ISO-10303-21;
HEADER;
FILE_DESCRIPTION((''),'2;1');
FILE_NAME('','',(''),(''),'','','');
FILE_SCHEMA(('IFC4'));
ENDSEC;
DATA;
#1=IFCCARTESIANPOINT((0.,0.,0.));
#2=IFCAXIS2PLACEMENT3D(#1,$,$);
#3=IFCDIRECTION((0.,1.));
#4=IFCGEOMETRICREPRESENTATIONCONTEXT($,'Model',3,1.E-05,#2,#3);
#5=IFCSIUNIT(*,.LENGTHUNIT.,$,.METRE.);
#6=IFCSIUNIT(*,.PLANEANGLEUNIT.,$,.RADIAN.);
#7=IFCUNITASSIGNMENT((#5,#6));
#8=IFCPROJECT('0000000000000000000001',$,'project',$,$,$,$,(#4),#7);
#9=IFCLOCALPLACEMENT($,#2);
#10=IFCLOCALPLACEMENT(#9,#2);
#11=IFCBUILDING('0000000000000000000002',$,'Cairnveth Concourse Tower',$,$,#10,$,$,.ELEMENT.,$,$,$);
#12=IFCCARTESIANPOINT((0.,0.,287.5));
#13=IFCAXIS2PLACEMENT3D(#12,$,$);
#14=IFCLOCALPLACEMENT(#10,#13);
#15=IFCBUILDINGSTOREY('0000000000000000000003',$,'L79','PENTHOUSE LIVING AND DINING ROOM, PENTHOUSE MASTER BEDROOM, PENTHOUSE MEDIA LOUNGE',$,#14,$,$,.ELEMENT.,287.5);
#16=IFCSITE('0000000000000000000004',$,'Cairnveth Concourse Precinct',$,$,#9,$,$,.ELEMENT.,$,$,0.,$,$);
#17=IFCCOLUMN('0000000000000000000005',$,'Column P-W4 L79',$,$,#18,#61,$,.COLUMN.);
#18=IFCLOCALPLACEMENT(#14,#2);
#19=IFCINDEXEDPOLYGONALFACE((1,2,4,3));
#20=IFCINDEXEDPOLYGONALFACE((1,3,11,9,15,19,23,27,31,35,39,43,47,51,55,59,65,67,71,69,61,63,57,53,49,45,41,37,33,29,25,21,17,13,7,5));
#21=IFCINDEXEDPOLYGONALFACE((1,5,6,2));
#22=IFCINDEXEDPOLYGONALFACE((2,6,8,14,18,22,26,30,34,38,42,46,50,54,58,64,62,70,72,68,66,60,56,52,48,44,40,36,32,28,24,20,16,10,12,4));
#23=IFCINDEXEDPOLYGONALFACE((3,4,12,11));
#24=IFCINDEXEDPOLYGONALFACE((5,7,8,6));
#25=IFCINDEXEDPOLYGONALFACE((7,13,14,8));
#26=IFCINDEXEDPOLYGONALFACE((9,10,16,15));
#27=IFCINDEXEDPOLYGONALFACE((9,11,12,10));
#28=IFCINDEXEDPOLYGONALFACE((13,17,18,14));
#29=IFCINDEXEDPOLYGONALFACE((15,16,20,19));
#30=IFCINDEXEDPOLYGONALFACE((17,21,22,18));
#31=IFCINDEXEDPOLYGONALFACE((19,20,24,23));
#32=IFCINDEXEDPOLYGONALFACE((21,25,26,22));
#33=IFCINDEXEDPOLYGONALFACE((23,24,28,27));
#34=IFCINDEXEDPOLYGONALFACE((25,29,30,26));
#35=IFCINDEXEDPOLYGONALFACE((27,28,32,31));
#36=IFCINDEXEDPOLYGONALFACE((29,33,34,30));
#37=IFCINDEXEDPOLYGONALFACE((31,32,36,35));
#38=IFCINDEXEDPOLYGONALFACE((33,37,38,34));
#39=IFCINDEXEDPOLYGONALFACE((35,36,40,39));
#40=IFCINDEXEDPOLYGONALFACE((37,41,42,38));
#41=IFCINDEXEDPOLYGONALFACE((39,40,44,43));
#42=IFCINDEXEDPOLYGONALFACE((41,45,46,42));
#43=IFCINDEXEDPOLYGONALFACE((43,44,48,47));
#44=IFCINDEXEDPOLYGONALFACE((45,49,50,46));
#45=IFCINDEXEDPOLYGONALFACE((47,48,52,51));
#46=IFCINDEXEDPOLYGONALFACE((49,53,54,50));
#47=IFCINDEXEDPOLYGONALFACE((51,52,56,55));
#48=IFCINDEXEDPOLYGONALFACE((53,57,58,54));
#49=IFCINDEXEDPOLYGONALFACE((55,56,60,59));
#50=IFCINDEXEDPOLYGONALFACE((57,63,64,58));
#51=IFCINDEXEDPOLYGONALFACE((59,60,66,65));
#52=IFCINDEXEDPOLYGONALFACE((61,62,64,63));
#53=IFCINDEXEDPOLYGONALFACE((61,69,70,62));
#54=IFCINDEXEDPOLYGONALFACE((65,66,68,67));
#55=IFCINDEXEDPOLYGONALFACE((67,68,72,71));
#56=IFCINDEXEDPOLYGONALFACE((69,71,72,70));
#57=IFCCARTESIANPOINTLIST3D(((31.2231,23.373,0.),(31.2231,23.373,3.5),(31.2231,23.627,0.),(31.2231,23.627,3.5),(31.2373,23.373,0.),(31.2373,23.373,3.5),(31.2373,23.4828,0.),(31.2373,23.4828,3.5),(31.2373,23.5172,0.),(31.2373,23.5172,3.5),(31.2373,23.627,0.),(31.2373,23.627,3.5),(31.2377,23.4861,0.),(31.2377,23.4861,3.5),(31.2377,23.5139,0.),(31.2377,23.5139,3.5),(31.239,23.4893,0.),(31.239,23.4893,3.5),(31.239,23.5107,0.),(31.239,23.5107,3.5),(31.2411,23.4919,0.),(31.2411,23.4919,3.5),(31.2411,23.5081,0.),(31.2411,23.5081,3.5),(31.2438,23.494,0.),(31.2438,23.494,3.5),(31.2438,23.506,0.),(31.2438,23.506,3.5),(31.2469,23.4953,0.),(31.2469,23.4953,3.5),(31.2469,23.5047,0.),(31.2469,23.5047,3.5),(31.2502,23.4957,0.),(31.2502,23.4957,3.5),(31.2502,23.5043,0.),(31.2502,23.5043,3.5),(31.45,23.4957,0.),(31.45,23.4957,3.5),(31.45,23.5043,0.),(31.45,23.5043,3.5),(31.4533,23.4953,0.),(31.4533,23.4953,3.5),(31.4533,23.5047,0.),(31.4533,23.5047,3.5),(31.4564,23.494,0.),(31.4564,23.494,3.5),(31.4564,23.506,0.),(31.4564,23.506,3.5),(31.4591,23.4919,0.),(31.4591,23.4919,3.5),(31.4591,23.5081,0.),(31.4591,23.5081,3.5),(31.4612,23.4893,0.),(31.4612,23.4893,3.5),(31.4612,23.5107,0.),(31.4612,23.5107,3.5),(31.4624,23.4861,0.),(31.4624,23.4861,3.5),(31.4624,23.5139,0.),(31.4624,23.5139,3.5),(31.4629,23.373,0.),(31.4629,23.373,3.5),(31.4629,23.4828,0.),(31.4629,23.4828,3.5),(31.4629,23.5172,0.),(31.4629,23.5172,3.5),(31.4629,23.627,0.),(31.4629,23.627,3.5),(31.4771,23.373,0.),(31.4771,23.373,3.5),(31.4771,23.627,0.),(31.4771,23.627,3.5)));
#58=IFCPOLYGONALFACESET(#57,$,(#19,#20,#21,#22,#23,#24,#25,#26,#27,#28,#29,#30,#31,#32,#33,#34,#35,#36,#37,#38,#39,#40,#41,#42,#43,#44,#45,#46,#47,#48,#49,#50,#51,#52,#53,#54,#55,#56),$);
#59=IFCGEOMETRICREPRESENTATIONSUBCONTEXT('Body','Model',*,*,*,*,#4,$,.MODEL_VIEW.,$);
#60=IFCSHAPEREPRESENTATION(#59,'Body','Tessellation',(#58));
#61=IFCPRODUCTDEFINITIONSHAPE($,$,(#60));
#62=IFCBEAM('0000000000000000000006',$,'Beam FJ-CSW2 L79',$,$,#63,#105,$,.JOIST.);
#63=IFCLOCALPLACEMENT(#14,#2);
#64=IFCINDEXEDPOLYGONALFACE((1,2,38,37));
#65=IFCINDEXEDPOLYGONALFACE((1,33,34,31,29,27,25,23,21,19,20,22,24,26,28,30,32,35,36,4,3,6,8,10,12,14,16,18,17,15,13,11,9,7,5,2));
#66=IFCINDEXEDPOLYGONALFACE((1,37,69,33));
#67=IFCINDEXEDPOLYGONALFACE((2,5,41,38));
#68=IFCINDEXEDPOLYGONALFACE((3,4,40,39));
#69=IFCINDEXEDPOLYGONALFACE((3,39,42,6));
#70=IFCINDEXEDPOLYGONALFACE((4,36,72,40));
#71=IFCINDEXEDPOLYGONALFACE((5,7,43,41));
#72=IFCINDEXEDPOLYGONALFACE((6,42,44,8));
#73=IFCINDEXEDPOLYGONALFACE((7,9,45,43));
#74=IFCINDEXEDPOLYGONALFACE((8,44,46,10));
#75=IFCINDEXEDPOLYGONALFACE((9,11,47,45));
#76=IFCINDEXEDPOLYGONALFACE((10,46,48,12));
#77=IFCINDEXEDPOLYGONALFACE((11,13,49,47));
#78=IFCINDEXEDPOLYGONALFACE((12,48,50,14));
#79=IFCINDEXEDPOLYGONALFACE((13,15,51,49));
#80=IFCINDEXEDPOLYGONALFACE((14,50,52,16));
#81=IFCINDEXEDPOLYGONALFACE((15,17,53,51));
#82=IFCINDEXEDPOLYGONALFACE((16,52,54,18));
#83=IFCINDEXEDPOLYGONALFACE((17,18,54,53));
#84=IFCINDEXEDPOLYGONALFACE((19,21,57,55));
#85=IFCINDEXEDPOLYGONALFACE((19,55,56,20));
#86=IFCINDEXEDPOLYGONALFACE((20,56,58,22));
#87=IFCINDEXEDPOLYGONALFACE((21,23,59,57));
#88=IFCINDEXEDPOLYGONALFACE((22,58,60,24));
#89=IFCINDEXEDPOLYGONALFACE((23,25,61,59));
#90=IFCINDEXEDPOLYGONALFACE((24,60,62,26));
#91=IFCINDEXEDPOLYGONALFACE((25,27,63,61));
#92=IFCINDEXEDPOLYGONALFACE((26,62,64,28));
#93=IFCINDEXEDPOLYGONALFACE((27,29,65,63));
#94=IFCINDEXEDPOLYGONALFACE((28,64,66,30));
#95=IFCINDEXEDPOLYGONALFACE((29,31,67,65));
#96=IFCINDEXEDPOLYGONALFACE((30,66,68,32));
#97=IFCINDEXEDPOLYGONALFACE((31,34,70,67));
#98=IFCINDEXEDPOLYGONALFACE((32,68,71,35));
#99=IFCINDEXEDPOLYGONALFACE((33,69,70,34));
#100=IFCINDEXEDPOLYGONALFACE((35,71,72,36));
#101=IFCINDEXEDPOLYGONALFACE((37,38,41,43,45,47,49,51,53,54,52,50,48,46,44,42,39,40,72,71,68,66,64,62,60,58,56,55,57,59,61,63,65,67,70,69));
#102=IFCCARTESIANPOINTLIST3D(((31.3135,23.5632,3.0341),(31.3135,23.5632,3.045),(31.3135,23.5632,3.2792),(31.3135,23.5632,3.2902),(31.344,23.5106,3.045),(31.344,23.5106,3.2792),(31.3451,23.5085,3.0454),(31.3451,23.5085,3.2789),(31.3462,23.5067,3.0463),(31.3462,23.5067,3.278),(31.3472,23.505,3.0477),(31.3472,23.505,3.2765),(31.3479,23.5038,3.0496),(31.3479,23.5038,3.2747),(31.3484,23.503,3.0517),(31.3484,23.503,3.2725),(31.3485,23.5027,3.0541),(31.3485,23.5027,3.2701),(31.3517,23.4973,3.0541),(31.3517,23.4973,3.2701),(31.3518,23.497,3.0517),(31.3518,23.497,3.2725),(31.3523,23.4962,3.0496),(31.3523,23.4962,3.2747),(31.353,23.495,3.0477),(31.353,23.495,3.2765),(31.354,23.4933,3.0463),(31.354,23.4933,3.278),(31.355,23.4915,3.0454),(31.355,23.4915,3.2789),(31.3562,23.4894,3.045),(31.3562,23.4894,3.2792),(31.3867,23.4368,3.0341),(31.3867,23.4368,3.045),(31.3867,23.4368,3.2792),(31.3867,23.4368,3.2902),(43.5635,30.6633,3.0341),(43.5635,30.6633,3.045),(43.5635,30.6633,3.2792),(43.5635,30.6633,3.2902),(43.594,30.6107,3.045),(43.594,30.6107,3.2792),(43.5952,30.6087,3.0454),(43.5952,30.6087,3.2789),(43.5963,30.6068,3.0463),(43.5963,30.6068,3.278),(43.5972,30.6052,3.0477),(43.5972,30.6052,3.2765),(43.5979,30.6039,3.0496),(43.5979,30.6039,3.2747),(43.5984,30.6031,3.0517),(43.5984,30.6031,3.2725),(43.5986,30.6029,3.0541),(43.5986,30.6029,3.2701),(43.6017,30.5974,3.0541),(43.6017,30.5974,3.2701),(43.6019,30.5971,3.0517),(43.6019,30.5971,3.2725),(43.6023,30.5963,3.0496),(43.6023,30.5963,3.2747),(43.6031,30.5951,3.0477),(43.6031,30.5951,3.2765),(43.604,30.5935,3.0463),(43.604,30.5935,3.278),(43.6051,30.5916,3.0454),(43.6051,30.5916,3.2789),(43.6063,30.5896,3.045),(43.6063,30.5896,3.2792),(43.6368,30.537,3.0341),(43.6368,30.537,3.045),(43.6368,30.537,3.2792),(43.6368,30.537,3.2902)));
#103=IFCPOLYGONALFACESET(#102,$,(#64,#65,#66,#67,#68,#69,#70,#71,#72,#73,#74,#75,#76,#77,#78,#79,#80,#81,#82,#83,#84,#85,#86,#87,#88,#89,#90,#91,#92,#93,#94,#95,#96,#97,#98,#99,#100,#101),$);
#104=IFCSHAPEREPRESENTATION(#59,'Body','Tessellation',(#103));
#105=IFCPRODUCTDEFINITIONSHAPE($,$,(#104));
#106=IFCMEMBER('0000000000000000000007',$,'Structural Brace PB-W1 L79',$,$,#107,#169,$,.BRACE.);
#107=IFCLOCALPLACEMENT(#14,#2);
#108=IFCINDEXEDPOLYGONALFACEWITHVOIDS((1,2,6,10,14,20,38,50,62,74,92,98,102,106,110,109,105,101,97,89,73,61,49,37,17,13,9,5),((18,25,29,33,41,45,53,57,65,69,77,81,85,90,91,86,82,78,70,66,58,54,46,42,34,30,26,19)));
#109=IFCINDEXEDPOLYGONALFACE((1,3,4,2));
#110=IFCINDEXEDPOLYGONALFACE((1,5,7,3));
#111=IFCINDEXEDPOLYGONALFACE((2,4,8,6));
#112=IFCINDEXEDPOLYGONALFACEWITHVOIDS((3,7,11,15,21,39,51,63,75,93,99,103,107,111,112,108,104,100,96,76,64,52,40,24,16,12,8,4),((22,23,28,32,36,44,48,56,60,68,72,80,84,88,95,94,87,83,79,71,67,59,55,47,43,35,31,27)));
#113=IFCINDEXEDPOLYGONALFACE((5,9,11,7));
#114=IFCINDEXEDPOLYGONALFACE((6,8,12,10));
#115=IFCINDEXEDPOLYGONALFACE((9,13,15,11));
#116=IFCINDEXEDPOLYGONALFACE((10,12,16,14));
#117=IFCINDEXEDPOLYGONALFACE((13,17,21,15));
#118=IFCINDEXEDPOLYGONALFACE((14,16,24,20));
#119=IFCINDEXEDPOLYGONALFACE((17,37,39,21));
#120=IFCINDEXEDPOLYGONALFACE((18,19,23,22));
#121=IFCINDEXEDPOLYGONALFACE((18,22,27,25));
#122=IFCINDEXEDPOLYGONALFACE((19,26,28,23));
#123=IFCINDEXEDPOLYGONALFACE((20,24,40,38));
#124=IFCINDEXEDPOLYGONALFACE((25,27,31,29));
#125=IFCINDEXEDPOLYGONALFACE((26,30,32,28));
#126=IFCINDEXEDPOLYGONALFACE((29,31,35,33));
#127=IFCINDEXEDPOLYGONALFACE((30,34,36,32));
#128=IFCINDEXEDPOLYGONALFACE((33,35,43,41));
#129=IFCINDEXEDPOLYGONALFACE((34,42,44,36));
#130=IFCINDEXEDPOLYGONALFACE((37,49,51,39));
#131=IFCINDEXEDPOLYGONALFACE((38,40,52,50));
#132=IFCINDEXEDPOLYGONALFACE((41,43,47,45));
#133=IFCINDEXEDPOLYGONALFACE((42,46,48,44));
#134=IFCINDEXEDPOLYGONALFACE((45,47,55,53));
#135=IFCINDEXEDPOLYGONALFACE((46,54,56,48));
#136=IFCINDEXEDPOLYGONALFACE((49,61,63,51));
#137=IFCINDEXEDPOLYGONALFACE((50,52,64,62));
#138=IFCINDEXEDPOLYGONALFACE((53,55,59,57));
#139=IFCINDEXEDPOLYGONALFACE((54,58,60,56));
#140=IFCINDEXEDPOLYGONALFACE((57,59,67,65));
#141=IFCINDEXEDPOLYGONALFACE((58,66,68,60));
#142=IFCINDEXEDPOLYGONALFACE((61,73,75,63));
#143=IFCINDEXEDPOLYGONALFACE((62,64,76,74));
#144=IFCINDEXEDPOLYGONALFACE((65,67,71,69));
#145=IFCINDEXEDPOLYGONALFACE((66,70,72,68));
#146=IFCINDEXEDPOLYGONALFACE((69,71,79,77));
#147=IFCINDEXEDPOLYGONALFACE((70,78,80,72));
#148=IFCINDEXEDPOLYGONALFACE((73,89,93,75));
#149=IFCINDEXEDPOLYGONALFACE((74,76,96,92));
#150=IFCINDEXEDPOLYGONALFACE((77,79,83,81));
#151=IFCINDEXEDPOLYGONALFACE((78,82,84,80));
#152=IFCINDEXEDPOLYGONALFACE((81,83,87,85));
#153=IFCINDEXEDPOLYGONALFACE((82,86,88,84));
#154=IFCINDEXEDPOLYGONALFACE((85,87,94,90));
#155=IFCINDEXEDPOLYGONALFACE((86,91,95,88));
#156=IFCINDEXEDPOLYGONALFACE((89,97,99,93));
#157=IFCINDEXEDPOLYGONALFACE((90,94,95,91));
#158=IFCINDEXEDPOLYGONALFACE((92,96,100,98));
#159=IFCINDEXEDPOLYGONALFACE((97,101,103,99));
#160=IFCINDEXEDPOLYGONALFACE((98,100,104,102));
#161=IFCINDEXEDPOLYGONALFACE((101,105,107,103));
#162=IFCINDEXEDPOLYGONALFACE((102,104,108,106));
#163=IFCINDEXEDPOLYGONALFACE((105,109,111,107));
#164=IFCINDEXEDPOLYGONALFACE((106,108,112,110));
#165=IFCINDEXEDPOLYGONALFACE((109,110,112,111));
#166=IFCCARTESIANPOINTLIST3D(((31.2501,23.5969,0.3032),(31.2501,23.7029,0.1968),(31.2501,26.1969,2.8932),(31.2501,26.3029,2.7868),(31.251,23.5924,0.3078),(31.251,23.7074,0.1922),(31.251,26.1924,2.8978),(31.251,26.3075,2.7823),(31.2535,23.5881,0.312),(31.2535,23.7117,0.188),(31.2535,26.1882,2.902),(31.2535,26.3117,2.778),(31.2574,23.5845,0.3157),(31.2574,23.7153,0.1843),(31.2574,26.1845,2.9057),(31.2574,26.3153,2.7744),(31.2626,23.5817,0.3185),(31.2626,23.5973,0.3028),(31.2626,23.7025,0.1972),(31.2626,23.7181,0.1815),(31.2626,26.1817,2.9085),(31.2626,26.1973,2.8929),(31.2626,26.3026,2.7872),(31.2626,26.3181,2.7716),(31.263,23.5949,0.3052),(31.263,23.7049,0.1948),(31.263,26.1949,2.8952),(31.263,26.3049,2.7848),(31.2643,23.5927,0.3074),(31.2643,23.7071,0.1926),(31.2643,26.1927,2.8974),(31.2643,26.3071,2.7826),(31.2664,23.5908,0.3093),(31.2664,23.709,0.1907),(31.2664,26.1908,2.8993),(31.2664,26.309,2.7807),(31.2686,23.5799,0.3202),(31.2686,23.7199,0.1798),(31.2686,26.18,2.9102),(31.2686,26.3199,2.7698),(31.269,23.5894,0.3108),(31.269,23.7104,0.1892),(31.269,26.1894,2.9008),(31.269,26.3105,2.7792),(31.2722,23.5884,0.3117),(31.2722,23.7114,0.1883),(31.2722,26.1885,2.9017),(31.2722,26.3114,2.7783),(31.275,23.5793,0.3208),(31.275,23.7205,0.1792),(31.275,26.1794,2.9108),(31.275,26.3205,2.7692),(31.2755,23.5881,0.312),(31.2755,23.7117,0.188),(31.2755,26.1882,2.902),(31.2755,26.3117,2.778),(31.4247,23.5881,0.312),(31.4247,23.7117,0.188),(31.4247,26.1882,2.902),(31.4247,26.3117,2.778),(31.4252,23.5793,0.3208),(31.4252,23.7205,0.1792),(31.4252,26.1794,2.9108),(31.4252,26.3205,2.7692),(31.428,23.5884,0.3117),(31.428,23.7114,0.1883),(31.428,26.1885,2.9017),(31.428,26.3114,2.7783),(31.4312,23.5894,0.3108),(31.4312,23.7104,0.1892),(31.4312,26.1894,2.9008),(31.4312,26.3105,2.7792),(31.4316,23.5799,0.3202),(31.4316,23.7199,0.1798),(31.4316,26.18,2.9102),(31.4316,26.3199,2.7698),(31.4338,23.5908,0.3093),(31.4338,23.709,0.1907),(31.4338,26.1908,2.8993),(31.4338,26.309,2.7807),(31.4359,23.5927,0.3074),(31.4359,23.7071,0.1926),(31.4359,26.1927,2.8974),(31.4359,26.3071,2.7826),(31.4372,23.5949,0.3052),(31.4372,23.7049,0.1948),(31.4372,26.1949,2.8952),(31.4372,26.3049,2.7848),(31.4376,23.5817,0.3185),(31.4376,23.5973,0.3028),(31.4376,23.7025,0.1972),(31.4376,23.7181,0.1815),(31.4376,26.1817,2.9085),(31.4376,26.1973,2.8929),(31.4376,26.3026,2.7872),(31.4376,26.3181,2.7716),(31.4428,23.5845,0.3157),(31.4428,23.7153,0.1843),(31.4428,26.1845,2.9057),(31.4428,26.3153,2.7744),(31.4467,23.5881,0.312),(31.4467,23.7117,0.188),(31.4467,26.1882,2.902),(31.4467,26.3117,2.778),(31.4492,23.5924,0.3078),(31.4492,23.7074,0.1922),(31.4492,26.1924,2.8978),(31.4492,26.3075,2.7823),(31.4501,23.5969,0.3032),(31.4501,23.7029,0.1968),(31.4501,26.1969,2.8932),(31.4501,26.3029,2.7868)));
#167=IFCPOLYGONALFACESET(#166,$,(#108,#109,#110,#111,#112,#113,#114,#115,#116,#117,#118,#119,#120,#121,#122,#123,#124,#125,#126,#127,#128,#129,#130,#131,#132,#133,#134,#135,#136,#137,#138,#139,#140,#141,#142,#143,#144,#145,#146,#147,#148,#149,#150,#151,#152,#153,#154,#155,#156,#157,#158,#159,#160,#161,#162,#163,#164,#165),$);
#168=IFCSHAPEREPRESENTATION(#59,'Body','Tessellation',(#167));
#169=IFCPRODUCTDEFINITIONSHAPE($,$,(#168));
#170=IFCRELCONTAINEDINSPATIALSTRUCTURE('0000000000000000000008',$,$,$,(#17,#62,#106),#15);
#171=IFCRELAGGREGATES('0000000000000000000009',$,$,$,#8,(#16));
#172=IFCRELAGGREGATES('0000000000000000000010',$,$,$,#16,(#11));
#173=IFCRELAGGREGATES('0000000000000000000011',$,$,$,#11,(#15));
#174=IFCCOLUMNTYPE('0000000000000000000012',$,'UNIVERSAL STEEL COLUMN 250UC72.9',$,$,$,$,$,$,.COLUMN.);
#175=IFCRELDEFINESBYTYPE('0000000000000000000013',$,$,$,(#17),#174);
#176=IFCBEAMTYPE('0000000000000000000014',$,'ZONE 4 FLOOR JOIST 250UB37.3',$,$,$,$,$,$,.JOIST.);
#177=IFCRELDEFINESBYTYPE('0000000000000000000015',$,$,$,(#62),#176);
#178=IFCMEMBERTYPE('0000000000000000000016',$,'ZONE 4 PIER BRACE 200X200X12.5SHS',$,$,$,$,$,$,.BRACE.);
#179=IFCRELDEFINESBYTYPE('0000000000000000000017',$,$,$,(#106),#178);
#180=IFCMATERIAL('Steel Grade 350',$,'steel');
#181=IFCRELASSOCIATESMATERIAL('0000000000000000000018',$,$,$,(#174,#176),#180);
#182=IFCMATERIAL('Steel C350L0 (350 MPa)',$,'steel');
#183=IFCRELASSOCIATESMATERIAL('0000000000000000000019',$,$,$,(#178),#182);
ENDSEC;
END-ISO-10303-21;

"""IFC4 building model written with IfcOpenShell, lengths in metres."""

from ifc_helpers import new_model, si_unit, direction, frame, origin, origin_2d, place, context, subcontext, project, spatial, hollow_rectangle, i_section, extrude, material, material_profile, profile_set, type_object, element, save


model = new_model("IFC4")

# Units and contexts
model_context = context("Model", 3, precision=1e-05, world=origin(), true_north=direction((0.0, 1.0)))
body_context = subcontext(model_context, "Body", "Model", "MODEL_VIEW")
ifc_project = project(units=[si_unit("LENGTHUNIT", "METRE"), si_unit("PLANEANGLEUNIT", "RADIAN")], contexts=[model_context])

# Site, building, storey
site_placement = place(None, origin())
site = spatial("IfcSite", under=ifc_project, at=site_placement, Name="Cairnveth Concourse Precinct", CompositionType="ELEMENT", RefElevation=0.0)
building_placement = place(site_placement, origin())
building = spatial("IfcBuilding", under=site, at=building_placement, Name="Cairnveth Concourse Tower", CompositionType="ELEMENT")
storey_placement = place(building_placement, frame((0.0, 0.0, 287.5)))
storey = spatial("IfcBuildingStorey", under=building, at=storey_placement, Name="L79", Description="PENTHOUSE LIVING AND DINING ROOM, PENTHOUSE MASTER BEDROOM, PENTHOUSE MEDIA LOUNGE", CompositionType="ELEMENT", Elevation=287.5)

# Column
ifc_material_1 = material(Name="Steel Grade 350", Category="steel")
ifc_material_profile_1 = material_profile(ifc_material_1, i_section(OverallWidth=0.2539, OverallDepth=0.2539, WebThickness=0.0085, FlangeThickness=0.0142, FilletRadius=0.0129, at=origin_2d()), Name="250UC72.9")
ifc_profile_set_1 = profile_set([ifc_material_profile_1], Name="Steel Grade 350")
column_type = type_object("IfcColumnType", Name="UNIVERSAL STEEL COLUMN 250UC72.9", PredefinedType="COLUMN", material=ifc_profile_set_1)
column_placement = place(storey_placement, frame((31.3501, 23.5, 0.0), z_axis=(0.0, 0.0, 1.0), x_axis=(0.0, 1.0, 0.0)))
element("IfcColumn", 1, at=column_placement, inside=storey, type_object=column_type, Name="Column P-W4 L79", PredefinedType="COLUMN", context=body_context, shape_type="SweptSolid", body=[
    extrude(i_section(OverallWidth=0.2539, OverallDepth=0.2539, WebThickness=0.0085, FlangeThickness=0.0142, FilletRadius=0.0129, at=origin_2d()), origin(), (0.0, 0.0, 1.0), 3.5),
])

# Beam
ifc_material_profile_2 = material_profile(ifc_material_1, i_section(OverallWidth=0.146, OverallDepth=0.2561, WebThickness=0.0063, FlangeThickness=0.011, FilletRadius=0.009, at=origin_2d()), Name="250UB37.3")
ifc_profile_set_2 = profile_set([ifc_material_profile_2], Name="Steel Grade 350")
beam_type_1 = type_object("IfcBeamType", Name="ZONE 4 FLOOR JOIST 250UB37.3", PredefinedType="JOIST", material=ifc_profile_set_2)
beam_1_placement = place(storey_placement, frame((31.3501, 23.5, 3.1621), z_axis=(0.865181, 0.501459, 0.0), x_axis=(-0.501459, 0.865181, 0.0)))
element("IfcBeam", 2, at=beam_1_placement, inside=storey, type_object=beam_type_1, Name="Beam FJ-CSW2 L79", PredefinedType="JOIST", context=body_context, shape_type="SweptSolid", body=[
    extrude(i_section(OverallWidth=0.146, OverallDepth=0.2561, WebThickness=0.0063, FlangeThickness=0.011, FilletRadius=0.009, at=origin_2d()), origin(), (0.0, 0.0, 1.0), 14.1589),
])

# Member
ifc_material_2 = material(Name="Steel C350L0 (350 MPa)", Category="steel")
ifc_material_profile_3 = material_profile(ifc_material_2, hollow_rectangle(XDim=0.2, YDim=0.2, WallThickness=0.0125, InnerFilletRadius=0.0129, OuterFilletRadius=0.0249, at=origin_2d()), Name="200x200x12.5SHS")
ifc_profile_set_3 = profile_set([ifc_material_profile_3], Name="Steel C350L0 (350 MPa)")
member_type = type_object("IfcMemberType", Name="ZONE 4 PIER BRACE 200X200X12.5SHS", PredefinedType="BRACE", material=ifc_profile_set_3)
member_placement = place(storey_placement, frame((31.3501, 23.6499, 0.25), z_axis=(0.0, 0.708469, 0.705742), x_axis=(-1.0, 0.0, 0.0)))
element("IfcMember", 3, at=member_placement, inside=storey, type_object=member_type, Name="Structural Brace PB-W1 L79", PredefinedType="BRACE", context=body_context, shape_type="SweptSolid", body=[
    extrude(hollow_rectangle(XDim=0.2, YDim=0.2, WallThickness=0.0125, InnerFilletRadius=0.0129, OuterFilletRadius=0.0249, at=origin_2d()), origin(), (0.0, 0.0, 1.0), 3.6699),
])

save(model, "model.ifc")
